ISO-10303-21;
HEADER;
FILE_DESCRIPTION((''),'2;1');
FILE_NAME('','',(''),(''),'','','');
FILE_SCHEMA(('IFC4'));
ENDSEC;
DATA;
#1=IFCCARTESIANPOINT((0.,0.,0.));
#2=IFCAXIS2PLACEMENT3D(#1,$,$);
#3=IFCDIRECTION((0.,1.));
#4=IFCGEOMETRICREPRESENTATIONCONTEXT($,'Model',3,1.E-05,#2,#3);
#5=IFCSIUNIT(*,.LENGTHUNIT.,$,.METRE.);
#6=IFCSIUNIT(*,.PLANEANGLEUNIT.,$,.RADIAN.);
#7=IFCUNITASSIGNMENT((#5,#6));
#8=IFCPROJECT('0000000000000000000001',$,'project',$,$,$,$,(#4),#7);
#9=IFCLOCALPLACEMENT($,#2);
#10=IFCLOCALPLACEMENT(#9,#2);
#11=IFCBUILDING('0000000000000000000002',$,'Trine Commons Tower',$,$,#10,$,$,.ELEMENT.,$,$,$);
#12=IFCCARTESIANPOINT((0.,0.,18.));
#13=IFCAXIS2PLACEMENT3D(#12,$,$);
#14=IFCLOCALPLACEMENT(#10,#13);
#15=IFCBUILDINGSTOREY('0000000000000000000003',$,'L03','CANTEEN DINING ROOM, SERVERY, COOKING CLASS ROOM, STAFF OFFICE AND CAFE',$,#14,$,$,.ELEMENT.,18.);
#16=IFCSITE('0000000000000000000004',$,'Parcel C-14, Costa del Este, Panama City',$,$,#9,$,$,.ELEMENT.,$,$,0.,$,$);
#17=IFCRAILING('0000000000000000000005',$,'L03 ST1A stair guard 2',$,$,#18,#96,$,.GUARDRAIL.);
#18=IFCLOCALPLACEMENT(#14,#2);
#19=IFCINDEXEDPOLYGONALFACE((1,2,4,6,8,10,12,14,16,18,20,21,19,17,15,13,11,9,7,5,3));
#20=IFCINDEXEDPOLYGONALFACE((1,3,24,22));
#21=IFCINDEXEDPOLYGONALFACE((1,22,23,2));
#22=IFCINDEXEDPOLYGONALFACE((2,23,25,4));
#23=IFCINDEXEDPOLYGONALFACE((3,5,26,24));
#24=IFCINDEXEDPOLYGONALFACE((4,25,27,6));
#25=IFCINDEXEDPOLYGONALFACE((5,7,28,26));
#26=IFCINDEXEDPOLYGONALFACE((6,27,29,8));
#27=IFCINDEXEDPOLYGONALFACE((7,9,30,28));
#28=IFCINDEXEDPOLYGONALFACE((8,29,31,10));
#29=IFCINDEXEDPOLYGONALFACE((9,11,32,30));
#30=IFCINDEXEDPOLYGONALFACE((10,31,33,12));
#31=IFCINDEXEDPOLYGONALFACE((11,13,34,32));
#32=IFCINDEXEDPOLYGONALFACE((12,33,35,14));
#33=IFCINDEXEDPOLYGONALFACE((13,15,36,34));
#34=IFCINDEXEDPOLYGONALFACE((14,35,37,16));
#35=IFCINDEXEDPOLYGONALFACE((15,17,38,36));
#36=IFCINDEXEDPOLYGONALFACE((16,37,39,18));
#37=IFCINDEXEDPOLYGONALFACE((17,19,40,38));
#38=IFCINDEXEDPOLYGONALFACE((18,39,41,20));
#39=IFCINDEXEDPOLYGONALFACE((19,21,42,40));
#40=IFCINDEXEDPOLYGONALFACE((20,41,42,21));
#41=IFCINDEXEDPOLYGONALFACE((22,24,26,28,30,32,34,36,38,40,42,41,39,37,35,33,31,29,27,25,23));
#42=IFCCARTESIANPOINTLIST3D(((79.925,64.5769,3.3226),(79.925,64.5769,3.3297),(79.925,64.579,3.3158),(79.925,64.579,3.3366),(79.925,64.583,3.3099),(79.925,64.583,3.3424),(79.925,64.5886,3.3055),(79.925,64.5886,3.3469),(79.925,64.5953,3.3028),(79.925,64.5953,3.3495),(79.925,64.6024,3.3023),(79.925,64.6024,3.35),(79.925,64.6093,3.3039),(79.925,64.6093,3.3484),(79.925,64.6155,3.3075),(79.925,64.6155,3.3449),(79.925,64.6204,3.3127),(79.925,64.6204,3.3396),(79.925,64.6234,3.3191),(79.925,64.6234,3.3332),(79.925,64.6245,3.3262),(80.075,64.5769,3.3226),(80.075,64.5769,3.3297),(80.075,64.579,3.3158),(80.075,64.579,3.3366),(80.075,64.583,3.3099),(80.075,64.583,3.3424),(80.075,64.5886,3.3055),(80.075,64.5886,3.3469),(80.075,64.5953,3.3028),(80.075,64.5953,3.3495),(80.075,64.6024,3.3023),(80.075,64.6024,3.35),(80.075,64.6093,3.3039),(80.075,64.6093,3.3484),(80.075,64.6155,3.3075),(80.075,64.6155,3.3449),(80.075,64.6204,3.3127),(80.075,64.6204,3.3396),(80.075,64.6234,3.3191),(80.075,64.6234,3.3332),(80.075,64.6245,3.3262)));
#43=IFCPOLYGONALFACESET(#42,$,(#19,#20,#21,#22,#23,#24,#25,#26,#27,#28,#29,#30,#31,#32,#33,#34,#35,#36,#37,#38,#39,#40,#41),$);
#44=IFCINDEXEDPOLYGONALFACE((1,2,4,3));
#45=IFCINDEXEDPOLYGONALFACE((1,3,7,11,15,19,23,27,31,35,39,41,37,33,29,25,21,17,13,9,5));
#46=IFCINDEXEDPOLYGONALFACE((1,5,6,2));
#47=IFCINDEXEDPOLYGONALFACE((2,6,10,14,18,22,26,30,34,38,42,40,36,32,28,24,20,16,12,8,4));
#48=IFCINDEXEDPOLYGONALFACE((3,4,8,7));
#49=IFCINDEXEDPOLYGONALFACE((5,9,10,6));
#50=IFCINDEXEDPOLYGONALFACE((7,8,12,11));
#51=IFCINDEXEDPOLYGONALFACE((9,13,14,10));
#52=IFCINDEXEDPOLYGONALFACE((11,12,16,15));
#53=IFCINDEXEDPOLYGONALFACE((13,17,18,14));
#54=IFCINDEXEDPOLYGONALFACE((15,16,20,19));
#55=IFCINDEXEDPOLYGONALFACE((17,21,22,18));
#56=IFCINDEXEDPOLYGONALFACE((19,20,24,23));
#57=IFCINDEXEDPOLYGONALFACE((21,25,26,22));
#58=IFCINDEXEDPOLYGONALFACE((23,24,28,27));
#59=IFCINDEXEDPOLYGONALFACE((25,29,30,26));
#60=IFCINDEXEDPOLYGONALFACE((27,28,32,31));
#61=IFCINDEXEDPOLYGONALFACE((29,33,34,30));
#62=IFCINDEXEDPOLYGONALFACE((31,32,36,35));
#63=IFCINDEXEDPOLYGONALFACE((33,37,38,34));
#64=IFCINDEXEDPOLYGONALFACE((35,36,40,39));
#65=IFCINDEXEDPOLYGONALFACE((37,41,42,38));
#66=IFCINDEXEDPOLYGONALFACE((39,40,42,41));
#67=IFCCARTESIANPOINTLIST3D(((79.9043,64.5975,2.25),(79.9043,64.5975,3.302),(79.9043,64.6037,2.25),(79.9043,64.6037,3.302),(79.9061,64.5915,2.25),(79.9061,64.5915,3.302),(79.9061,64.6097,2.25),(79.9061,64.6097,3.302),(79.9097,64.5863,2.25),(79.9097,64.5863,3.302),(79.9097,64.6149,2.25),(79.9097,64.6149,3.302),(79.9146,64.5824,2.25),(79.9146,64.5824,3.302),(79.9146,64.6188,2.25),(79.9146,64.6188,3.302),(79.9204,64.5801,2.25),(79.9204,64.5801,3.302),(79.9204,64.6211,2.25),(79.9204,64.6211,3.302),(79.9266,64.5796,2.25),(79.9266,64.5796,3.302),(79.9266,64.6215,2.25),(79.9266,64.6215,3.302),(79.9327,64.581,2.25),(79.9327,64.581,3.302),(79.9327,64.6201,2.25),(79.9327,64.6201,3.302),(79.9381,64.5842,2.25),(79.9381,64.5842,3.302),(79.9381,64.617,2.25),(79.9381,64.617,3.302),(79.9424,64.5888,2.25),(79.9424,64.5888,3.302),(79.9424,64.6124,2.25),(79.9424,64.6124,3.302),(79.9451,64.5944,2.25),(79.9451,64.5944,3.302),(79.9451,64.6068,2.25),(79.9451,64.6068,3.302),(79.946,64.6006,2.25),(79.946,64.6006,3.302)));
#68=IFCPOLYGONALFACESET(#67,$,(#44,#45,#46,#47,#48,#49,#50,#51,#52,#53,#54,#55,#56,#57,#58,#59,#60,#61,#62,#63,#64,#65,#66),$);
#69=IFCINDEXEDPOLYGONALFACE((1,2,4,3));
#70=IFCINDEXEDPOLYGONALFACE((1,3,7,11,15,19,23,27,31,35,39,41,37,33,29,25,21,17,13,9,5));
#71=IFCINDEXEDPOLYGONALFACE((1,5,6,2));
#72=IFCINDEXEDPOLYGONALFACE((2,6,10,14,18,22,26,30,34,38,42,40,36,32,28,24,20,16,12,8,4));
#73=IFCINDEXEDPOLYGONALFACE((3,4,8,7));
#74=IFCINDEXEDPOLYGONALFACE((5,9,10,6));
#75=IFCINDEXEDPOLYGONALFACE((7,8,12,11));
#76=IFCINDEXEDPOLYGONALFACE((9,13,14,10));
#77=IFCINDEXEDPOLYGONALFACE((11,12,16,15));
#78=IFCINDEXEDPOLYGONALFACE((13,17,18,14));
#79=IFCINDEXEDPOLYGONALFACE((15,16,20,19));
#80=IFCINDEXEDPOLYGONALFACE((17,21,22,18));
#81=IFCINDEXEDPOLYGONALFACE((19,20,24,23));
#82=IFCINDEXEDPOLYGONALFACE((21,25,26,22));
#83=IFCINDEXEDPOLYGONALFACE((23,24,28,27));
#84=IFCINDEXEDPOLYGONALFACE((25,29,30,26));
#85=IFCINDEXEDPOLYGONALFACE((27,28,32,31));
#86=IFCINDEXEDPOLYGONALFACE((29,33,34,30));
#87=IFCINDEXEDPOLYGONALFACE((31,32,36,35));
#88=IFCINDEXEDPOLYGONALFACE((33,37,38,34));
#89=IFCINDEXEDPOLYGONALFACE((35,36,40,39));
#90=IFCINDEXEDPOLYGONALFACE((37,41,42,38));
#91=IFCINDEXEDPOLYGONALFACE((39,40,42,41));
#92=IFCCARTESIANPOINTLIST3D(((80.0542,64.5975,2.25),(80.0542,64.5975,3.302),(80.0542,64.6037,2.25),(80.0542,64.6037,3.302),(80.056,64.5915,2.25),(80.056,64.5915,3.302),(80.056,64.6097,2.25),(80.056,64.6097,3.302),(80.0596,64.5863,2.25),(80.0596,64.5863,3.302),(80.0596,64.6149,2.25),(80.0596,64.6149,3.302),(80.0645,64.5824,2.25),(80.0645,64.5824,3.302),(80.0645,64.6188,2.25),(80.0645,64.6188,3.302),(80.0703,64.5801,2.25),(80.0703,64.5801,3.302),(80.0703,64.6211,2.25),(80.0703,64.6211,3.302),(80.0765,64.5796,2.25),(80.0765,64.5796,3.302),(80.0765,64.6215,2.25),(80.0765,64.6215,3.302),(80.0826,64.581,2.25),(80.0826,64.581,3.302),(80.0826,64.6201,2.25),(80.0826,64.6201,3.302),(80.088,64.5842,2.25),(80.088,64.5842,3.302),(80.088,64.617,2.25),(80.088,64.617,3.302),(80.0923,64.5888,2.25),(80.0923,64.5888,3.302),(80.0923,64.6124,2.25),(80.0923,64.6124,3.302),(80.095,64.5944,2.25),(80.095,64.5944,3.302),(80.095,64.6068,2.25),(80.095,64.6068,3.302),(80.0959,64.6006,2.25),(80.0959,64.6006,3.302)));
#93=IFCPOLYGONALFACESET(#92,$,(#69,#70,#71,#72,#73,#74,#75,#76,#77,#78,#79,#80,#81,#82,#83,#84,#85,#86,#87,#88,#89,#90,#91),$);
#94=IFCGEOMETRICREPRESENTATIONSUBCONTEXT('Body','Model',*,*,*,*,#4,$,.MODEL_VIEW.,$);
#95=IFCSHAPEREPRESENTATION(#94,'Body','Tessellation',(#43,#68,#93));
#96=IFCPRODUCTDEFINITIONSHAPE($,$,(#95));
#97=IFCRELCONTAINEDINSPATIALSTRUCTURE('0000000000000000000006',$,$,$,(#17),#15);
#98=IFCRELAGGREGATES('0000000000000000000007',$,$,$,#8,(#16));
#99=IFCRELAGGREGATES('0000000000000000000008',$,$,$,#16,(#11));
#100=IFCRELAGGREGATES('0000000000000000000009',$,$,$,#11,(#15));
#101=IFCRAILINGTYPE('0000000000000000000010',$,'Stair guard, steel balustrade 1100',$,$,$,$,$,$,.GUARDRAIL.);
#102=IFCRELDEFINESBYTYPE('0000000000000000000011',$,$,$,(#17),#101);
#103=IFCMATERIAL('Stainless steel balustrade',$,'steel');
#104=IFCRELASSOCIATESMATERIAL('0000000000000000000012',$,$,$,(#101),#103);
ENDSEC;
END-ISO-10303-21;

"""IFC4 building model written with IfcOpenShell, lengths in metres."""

from ifc_helpers import new_model, si_unit, direction, frame, origin, origin_2d, place, context, subcontext, project, spatial, circle, extrude, material, type_object, element, save


model = new_model("IFC4")

# Units and contexts
model_context = context("Model", 3, precision=1e-05, world=origin(), true_north=direction((0.0, 1.0)))
body_context = subcontext(model_context, "Body", "Model", "MODEL_VIEW")
ifc_project = project(units=[si_unit("LENGTHUNIT", "METRE"), si_unit("PLANEANGLEUNIT", "RADIAN")], contexts=[model_context])

# Site, building, storey
site_placement = place(None, origin())
site = spatial("IfcSite", under=ifc_project, at=site_placement, Name="Parcel C-14, Costa del Este, Panama City", CompositionType="ELEMENT", RefElevation=0.0)
building_placement = place(site_placement, origin())
building = spatial("IfcBuilding", under=site, at=building_placement, Name="Trine Commons Tower", CompositionType="ELEMENT")
storey_placement = place(building_placement, frame((0.0, 0.0, 18.0)))
storey = spatial("IfcBuildingStorey", under=building, at=storey_placement, Name="L03", Description="CANTEEN DINING ROOM, SERVERY, COOKING CLASS ROOM, STAFF OFFICE AND CAFE", CompositionType="ELEMENT", Elevation=18.0)

# Railing
ifc_material_1 = material(Name="Stainless steel balustrade", Category="steel")
railing_type_1 = type_object("IfcRailingType", Name="Stair guard, steel balustrade 1100", PredefinedType="GUARDRAIL", material=ifc_material_1)
railing_1_placement = place(storey_placement, frame((79.925, 64.6006, 2.25)))
element("IfcRailing", 1, at=railing_1_placement, inside=storey, type_object=railing_type_1, Name="L03 ST1A stair guard 2", PredefinedType="GUARDRAIL", context=body_context, shape_type="SweptSolid", body=[
    extrude(circle(Radius=0.0239, at=origin_2d()), frame((0.0, 0.0, 1.0762), z_axis=(1.0, 0.0, 0.0), x_axis=(0.0, 1.0, 0.0)), (0.0, 0.0, 1.0), 0.1499),
    extrude(circle(Radius=0.021, at=origin_2d()), origin(), (0.0, 0.0, 1.0), 1.052),
    extrude(circle(Radius=0.021, at=origin_2d()), frame((0.1499, 0.0, 0.0)), (0.0, 0.0, 1.0), 1.052),
])

save(model, "model.ifc")
